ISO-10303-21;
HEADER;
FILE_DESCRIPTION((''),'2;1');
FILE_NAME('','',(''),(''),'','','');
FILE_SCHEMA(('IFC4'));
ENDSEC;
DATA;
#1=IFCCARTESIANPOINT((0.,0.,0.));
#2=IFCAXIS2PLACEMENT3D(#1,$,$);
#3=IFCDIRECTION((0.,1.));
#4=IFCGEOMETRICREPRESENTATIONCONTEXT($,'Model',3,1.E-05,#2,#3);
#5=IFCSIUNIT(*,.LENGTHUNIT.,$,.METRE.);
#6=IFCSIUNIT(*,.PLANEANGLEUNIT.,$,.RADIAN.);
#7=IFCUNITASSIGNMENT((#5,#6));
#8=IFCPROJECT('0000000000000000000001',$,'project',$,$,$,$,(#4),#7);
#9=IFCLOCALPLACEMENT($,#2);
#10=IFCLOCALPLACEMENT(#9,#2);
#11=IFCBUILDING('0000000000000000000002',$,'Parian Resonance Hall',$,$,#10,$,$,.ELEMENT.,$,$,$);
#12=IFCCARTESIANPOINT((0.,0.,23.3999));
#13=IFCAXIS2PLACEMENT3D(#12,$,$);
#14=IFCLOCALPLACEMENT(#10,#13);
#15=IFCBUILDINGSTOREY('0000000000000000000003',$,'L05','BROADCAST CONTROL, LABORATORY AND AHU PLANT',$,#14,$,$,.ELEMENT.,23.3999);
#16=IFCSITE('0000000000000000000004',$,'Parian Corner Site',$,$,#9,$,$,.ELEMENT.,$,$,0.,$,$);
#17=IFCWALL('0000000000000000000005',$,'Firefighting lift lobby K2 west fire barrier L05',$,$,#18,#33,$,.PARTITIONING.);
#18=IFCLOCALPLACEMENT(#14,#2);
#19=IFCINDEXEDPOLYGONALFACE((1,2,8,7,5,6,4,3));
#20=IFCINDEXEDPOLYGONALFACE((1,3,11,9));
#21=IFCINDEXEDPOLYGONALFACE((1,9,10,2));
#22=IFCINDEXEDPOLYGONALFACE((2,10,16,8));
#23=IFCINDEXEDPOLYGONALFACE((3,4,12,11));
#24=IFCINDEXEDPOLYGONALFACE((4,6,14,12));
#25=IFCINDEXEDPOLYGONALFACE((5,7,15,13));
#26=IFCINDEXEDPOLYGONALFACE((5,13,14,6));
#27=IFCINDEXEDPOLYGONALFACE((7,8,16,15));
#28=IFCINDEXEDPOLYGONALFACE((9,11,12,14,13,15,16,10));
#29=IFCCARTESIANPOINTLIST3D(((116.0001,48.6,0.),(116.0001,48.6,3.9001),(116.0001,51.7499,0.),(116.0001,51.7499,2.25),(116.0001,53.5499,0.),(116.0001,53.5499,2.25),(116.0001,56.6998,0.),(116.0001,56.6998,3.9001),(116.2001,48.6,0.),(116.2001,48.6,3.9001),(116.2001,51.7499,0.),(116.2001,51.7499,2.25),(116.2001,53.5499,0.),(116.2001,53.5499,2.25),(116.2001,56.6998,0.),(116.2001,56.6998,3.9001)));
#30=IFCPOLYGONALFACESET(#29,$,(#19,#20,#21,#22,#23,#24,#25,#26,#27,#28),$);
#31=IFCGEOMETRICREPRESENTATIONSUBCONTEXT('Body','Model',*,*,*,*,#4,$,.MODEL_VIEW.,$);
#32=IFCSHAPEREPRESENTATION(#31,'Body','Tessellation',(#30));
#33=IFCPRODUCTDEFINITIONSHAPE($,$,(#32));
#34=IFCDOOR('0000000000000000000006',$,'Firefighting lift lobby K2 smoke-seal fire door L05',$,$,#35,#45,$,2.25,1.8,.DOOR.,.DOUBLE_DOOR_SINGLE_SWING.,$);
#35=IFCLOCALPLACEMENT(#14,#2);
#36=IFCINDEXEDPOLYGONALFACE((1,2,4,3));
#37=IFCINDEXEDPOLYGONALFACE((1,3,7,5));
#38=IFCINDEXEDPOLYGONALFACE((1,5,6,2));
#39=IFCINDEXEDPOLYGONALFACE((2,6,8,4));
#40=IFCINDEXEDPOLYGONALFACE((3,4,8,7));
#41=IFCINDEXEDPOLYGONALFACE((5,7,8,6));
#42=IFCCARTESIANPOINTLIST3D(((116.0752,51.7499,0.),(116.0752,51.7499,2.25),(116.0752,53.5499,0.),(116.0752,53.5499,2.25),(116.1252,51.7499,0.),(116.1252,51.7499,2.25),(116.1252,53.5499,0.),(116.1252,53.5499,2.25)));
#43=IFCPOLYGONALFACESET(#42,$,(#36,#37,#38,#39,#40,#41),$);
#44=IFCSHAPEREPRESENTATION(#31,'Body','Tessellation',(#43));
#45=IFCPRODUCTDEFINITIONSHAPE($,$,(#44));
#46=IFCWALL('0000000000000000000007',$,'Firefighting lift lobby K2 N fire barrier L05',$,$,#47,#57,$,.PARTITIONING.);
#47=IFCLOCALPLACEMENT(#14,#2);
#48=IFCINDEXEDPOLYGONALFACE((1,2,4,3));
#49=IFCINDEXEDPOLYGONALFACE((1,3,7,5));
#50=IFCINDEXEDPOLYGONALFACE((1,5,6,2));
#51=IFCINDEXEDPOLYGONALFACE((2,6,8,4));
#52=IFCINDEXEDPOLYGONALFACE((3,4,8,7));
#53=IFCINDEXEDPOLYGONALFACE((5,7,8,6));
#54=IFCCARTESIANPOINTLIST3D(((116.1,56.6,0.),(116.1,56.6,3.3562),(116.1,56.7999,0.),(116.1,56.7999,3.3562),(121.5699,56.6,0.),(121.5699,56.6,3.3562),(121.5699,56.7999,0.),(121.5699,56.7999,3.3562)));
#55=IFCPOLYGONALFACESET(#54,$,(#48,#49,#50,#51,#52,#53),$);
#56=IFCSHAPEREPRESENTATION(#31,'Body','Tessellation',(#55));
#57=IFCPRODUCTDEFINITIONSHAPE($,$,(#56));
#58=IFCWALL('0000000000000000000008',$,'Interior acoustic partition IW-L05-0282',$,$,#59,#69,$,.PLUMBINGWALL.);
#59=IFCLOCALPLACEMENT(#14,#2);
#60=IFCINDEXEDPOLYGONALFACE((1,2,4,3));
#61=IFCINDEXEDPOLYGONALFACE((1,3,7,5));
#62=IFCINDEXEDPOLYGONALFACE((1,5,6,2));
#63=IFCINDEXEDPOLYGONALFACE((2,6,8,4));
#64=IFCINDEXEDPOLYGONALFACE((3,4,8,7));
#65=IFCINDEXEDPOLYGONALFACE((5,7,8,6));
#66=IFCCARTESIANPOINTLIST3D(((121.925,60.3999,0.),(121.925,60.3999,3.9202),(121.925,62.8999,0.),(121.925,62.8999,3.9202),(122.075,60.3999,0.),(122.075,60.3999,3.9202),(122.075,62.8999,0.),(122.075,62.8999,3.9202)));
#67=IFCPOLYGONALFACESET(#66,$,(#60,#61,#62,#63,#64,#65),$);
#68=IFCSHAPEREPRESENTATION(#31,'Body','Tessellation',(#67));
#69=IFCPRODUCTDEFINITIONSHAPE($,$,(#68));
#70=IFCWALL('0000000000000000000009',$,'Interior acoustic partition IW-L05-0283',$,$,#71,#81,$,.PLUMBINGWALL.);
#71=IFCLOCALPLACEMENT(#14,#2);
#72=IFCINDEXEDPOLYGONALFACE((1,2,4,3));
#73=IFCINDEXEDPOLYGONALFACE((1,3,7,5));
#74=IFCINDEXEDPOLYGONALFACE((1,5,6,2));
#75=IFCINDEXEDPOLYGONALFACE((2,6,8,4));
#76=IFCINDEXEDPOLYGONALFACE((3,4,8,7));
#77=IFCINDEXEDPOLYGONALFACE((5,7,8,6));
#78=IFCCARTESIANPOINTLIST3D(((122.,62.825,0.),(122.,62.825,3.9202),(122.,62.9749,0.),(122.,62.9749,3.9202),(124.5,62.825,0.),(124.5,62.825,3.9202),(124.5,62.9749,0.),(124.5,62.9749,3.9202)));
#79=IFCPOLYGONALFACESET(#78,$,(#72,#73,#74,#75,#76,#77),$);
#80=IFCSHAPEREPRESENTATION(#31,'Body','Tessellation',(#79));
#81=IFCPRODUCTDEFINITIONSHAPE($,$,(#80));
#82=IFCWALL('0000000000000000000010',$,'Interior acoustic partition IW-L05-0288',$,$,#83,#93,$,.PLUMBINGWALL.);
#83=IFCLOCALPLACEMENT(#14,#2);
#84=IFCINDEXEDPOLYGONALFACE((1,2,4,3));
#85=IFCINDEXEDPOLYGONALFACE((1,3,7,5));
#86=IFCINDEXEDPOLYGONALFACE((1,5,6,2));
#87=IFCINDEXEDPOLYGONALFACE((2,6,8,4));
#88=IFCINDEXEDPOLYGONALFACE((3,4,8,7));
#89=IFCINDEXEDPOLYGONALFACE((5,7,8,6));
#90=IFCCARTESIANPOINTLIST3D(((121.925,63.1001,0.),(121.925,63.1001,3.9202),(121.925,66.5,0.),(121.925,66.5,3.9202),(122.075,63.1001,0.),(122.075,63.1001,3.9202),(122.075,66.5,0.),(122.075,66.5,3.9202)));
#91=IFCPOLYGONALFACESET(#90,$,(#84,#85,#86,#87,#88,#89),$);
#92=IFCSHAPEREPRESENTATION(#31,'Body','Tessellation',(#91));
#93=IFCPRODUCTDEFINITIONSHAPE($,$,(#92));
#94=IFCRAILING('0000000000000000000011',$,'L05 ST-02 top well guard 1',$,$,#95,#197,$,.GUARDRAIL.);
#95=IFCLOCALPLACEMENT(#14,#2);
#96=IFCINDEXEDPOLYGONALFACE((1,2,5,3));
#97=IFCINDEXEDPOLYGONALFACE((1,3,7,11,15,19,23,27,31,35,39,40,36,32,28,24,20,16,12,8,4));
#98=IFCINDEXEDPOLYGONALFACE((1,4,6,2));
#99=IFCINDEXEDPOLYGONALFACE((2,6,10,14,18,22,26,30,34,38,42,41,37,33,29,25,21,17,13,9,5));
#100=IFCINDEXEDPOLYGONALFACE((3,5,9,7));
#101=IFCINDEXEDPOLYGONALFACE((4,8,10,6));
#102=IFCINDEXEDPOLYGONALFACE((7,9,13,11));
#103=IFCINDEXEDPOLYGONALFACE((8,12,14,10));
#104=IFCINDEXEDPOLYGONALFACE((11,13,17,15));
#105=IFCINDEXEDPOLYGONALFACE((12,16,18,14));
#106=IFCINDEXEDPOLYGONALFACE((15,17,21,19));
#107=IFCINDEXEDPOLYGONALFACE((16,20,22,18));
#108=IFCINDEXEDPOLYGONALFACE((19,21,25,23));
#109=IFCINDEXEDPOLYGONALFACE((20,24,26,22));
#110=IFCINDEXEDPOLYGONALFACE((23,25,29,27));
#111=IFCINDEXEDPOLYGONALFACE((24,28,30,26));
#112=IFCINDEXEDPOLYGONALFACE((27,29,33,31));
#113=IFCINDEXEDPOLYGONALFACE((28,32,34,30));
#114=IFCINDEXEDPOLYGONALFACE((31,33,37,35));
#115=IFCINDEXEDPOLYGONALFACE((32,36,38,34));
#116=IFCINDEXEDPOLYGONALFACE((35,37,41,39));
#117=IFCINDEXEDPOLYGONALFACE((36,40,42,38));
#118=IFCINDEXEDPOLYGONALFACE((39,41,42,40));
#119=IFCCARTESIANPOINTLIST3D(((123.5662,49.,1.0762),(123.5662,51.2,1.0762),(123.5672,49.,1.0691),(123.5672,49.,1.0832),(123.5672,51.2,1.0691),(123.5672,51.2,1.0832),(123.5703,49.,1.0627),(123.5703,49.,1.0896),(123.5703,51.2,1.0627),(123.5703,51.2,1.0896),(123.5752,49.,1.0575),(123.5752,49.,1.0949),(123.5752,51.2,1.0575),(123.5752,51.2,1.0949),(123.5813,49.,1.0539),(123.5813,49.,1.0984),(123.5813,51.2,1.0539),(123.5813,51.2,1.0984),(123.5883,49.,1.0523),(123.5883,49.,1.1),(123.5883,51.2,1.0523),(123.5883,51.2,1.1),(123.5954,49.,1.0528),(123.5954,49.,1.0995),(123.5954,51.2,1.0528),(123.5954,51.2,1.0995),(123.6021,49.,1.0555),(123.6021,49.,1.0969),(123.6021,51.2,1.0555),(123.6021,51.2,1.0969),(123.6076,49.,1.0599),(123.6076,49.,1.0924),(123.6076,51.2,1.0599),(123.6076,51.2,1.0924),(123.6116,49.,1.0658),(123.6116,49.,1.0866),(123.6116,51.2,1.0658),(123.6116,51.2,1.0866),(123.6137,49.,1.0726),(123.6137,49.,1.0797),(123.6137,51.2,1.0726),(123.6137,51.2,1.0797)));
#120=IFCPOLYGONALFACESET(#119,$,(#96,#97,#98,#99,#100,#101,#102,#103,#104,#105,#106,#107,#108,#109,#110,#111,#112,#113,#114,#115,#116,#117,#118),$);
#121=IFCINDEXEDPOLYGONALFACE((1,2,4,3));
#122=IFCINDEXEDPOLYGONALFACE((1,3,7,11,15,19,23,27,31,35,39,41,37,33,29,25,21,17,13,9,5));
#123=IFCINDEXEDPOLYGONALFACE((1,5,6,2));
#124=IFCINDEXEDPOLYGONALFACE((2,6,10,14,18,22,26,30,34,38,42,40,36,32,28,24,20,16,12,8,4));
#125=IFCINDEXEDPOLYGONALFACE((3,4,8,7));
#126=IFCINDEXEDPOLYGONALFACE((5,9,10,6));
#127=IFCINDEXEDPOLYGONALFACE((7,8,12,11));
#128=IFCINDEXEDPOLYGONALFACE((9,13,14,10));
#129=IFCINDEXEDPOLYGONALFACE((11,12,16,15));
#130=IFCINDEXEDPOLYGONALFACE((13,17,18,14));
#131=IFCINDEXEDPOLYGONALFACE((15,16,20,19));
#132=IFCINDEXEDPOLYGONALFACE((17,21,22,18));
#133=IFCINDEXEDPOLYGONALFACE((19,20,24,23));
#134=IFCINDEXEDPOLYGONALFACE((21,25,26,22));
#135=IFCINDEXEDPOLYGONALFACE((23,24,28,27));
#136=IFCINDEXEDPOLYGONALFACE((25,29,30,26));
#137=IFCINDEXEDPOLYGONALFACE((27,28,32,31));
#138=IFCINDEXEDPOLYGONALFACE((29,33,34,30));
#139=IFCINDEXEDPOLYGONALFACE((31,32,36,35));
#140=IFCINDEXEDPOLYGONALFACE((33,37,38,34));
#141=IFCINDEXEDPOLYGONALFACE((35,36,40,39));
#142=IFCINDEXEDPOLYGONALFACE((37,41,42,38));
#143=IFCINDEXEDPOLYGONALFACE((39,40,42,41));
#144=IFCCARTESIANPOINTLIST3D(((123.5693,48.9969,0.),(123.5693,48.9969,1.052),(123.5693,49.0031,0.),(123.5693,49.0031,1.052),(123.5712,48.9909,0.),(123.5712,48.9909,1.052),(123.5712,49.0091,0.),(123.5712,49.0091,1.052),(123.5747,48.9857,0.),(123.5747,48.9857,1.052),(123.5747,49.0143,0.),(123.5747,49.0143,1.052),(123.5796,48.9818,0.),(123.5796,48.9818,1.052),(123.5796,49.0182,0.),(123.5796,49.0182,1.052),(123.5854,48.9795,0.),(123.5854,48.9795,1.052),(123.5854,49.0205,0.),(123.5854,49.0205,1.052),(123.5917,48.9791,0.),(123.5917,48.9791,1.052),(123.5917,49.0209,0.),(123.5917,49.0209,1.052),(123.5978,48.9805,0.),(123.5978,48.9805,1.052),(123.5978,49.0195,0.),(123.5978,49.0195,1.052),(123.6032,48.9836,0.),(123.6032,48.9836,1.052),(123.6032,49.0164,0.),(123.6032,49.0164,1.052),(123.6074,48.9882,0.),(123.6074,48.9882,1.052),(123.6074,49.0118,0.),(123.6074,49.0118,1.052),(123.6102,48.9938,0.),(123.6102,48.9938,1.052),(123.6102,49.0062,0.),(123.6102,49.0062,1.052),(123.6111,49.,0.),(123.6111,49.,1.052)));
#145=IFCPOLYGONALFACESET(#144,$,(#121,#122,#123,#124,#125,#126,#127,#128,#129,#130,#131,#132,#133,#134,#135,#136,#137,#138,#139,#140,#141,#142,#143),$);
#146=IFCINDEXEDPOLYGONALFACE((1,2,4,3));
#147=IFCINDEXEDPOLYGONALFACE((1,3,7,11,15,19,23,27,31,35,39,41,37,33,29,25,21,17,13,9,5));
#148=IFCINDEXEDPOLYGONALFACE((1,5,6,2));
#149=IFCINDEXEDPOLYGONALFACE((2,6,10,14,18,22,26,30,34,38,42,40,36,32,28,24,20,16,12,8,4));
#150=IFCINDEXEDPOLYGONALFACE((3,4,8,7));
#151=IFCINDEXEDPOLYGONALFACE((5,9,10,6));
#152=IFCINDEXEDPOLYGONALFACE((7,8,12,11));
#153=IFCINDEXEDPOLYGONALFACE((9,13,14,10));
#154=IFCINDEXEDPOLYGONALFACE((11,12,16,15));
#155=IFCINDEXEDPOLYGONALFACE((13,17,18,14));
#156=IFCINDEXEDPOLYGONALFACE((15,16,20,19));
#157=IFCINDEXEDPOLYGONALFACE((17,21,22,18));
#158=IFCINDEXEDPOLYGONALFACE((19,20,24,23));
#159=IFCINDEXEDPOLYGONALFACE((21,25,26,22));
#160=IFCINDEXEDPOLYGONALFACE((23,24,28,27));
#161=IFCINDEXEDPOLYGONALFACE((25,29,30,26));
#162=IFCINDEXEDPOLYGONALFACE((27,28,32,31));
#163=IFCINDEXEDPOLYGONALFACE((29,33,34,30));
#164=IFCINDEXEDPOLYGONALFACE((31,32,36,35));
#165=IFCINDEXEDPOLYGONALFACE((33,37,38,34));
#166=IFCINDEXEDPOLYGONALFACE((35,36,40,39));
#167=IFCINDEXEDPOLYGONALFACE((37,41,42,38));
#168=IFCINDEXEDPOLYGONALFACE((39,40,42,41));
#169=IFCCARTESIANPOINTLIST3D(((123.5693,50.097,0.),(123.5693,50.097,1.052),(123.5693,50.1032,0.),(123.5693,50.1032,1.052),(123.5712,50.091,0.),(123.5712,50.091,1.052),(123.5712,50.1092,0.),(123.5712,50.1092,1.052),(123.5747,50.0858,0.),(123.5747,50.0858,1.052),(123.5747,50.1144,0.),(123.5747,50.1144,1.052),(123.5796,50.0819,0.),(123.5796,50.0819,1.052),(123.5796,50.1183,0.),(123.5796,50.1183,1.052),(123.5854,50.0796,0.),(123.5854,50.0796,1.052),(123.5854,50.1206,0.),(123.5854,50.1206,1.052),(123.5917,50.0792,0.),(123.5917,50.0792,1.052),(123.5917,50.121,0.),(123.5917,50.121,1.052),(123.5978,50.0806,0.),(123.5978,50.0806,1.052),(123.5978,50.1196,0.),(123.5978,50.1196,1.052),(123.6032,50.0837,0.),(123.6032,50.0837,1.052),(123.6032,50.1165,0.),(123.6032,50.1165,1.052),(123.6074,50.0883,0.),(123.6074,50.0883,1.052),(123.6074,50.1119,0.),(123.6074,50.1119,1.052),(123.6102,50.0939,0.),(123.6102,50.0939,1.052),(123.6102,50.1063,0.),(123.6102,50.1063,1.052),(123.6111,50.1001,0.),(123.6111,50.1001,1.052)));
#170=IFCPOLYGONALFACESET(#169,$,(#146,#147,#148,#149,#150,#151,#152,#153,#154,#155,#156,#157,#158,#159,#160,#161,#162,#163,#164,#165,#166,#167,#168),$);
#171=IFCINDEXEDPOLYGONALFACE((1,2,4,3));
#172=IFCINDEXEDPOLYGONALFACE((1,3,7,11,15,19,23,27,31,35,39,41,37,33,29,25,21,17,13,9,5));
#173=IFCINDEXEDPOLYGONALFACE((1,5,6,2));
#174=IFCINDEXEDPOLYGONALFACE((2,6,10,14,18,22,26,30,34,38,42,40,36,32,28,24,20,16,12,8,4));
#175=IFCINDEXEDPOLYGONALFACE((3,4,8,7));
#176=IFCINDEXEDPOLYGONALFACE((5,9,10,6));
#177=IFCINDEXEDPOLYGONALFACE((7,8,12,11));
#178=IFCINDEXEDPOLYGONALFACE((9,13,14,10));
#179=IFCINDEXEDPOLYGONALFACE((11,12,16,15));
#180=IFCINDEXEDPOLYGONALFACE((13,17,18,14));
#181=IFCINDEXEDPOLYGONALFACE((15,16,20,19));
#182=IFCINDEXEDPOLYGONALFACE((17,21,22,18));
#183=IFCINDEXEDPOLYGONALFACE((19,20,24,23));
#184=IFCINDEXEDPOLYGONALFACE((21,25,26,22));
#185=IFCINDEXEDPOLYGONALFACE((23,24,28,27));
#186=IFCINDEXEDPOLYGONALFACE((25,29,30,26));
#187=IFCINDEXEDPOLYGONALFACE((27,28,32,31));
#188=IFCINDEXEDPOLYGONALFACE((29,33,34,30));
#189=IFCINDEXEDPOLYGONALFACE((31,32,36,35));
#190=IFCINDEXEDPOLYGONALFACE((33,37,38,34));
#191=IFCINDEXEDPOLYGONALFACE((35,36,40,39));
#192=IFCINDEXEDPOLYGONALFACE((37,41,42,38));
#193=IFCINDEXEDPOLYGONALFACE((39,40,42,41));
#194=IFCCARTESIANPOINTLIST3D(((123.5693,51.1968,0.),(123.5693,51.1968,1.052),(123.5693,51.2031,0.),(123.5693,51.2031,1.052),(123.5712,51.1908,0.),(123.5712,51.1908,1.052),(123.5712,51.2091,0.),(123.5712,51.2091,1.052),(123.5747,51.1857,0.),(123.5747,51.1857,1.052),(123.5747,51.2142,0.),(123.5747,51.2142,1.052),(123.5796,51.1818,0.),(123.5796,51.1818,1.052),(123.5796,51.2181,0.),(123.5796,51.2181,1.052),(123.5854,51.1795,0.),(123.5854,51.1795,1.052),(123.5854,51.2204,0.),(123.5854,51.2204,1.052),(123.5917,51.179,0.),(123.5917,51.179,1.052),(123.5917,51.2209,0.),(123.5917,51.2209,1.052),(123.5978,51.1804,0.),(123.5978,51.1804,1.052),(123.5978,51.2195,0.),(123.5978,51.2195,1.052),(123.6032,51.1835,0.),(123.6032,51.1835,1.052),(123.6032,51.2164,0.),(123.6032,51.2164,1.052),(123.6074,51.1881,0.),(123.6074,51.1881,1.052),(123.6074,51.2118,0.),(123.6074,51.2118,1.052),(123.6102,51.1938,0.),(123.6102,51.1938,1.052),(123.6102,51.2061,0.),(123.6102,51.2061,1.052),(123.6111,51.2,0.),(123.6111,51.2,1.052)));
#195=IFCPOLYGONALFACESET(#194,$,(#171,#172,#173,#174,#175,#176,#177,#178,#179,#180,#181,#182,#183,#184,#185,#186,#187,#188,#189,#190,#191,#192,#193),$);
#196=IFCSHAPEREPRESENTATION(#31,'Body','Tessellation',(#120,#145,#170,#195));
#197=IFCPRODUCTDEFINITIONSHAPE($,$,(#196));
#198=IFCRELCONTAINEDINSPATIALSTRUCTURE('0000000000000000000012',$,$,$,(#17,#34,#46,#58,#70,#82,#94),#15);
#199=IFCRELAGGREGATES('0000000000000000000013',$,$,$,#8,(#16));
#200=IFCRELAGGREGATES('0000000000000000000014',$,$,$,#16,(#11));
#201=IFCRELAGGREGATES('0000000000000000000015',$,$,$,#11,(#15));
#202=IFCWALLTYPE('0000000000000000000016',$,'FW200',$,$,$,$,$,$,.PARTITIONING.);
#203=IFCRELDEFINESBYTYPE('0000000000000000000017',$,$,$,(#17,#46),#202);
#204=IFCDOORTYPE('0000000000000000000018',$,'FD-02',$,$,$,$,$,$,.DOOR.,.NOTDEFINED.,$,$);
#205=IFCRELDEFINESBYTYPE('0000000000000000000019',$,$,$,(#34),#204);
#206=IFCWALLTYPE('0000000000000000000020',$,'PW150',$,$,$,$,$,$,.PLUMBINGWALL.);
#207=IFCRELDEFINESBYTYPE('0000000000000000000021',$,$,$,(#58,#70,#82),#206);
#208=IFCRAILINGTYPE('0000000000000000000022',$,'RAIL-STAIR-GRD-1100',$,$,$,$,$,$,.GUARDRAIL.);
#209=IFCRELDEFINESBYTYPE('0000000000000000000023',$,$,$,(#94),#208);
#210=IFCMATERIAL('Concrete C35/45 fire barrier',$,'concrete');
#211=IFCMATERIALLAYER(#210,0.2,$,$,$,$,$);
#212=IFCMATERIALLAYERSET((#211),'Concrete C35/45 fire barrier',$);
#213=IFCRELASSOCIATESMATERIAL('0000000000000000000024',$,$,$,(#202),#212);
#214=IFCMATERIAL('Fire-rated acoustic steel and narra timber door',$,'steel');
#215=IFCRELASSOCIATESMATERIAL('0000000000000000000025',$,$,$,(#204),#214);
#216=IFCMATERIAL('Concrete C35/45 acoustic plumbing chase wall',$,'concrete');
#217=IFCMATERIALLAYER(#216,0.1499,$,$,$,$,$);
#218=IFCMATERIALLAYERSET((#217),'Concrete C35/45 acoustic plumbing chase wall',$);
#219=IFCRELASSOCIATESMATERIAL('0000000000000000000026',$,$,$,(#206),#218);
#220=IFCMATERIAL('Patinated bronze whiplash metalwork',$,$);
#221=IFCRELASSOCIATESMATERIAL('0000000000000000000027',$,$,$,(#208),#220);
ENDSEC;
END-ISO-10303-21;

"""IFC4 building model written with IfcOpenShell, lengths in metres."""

from ifc_helpers import new_model, si_unit, direction, frame, frame_2d, origin, origin_2d, place, context, subcontext, project, spatial, rectangle, circle, extrude, material, layer, layer_set, type_object, element, fill, save


model = new_model("IFC4")

# Units and contexts
model_context = context("Model", 3, precision=1e-05, world=origin(), true_north=direction((0.0, 1.0)))
body_context = subcontext(model_context, "Body", "Model", "MODEL_VIEW")
ifc_project = project(units=[si_unit("LENGTHUNIT", "METRE"), si_unit("PLANEANGLEUNIT", "RADIAN")], contexts=[model_context])

# Site, building, storey
site_placement = place(None, origin())
site = spatial("IfcSite", under=ifc_project, at=site_placement, Name="Parian Corner Site", CompositionType="ELEMENT", RefElevation=0.0)
building_placement = place(site_placement, origin())
building = spatial("IfcBuilding", under=site, at=building_placement, Name="Parian Resonance Hall", CompositionType="ELEMENT")
storey_placement = place(building_placement, frame((0.0, 0.0, 23.3999)))
storey = spatial("IfcBuildingStorey", under=building, at=storey_placement, Name="L05", Description="BROADCAST CONTROL, LABORATORY AND AHU PLANT", CompositionType="ELEMENT", Elevation=23.3999)

# Wall, opening, door
ifc_material_1 = material(Name="Concrete C35/45 fire barrier", Category="concrete")
ifc_layer_1 = layer(ifc_material_1, 0.2)
ifc_layer_set_1 = layer_set([ifc_layer_1], Name="Concrete C35/45 fire barrier")
wall_type_1 = type_object("IfcWallType", Name="FW200", PredefinedType="PARTITIONING", material=ifc_layer_set_1)
wall_1_placement = place(storey_placement, frame((116.1001, 48.6001, 0.0), z_axis=(0.0, 0.0, 1.0), x_axis=(0.0, 1.0, 0.0)))
wall_1 = element("IfcWall", 1, at=wall_1_placement, inside=storey, type_object=wall_type_1, Name="Firefighting lift lobby K2 west fire barrier L05", PredefinedType="PARTITIONING", context=body_context, shape_type="SweptSolid", body=[
    extrude(rectangle(XDim=8.0999, YDim=0.2, at=frame_2d((4.0498, 0.0))), origin(), (0.0, 0.0, 1.0), 3.9001),
])
opening_1_placement = place(wall_1_placement, frame((3.1499, 0.0, 0.0)))
opening_1 = element("IfcOpeningElement", 2, at=opening_1_placement, cuts=wall_1, PredefinedType="OPENING", context=body_context, shape_type="SweptSolid", body=[
    extrude(rectangle(XDim=1.8, YDim=2.25, at=frame_2d((0.8999, 1.125))), frame((0.0, 0.1099, 0.0), z_axis=(0.0, -1.0, 0.0), x_axis=(1.0, 0.0, 0.0)), (0.0, 0.0, 1.0), 0.22),
])
ifc_material_2 = material(Name="Fire-rated acoustic steel and narra timber door", Category="steel")
door_type_1 = type_object("IfcDoorType", Name="FD-02", OperationType="NOTDEFINED", PredefinedType="DOOR", material=ifc_material_2)
door_1_placement = place(opening_1_placement, origin())
door_1 = element("IfcDoor", 3, at=door_1_placement, inside=storey, type_object=door_type_1, Name="Firefighting lift lobby K2 smoke-seal fire door L05", OperationType="DOUBLE_DOOR_SINGLE_SWING", OverallHeight=2.25, OverallWidth=1.8, PredefinedType="DOOR", context=body_context, shape_type="SweptSolid", body=[
    extrude(rectangle(XDim=1.8, YDim=2.25, at=frame_2d((0.8999, 1.125))), frame((0.0, 0.0249, 0.0), z_axis=(0.0, -1.0, 0.0), x_axis=(1.0, 0.0, 0.0)), (0.0, 0.0, 1.0), 0.05),
])
fill(opening_1, door_1)

# Walls
wall_2_placement = place(storey_placement, frame((116.1001, 56.7, 0.0), z_axis=(0.0, 0.0, 1.0), x_axis=(1.0, 0.0, 0.0)))
element("IfcWall", 4, at=wall_2_placement, inside=storey, type_object=wall_type_1, Name="Firefighting lift lobby K2 N fire barrier L05", PredefinedType="PARTITIONING", context=body_context, shape_type="SweptSolid", body=[
    extrude(rectangle(XDim=5.47, YDim=0.2, at=frame_2d((2.7349, 0.0))), origin(), (0.0, 0.0, 1.0), 3.3562),
])
ifc_material_3 = material(Name="Concrete C35/45 acoustic plumbing chase wall", Category="concrete")
ifc_layer_2 = layer(ifc_material_3, 0.1499)
ifc_layer_set_2 = layer_set([ifc_layer_2], Name="Concrete C35/45 acoustic plumbing chase wall")
wall_type_2 = type_object("IfcWallType", Name="PW150", PredefinedType="PLUMBINGWALL", material=ifc_layer_set_2)
for number, where, z_axis, x_axis, name in (
    (5, (122.0, 60.3999, 0.0), (0.0, 0.0, 1.0), (0.0, 1.0, 0.0), "Interior acoustic partition IW-L05-0282"),
    (6, (122.0, 62.8999, 0.0), (0.0, 0.0, 1.0), (1.0, 0.0, 0.0), "Interior acoustic partition IW-L05-0283"),
):
    element("IfcWall", number, at=place(storey_placement, frame(where, z_axis=z_axis, x_axis=x_axis)), inside=storey, type_object=wall_type_2, Name=name, PredefinedType="PLUMBINGWALL", context=body_context, shape_type="SweptSolid", body=[
        extrude(rectangle(XDim=2.5, YDim=0.1499, at=frame_2d((1.25, 0.0))), origin(), (0.0, 0.0, 1.0), 3.9202),
    ])
wall_3_placement = place(storey_placement, frame((122.0, 63.1001, 0.0), z_axis=(0.0, 0.0, 1.0), x_axis=(0.0, 1.0, 0.0)))
element("IfcWall", 7, at=wall_3_placement, inside=storey, type_object=wall_type_2, Name="Interior acoustic partition IW-L05-0288", PredefinedType="PLUMBINGWALL", context=body_context, shape_type="SweptSolid", body=[
    extrude(rectangle(XDim=3.3999, YDim=0.1499, at=frame_2d((1.7, 0.0))), origin(), (0.0, 0.0, 1.0), 3.9202),
])

# Railing
ifc_material_4 = material(Name="Patinated bronze whiplash metalwork")
railing_type = type_object("IfcRailingType", Name="RAIL-STAIR-GRD-1100", PredefinedType="GUARDRAIL", material=ifc_material_4)
railing_placement = place(storey_placement, frame((123.5901, 49.0, 0.0)))
element("IfcRailing", 8, at=railing_placement, inside=storey, type_object=railing_type, Name="L05 ST-02 top well guard 1", PredefinedType="GUARDRAIL", context=body_context, shape_type="SweptSolid", body=[
    extrude(circle(Radius=0.0239, at=origin_2d()), frame((0.0, 0.0, 1.0762), z_axis=(0.0, 1.0, 0.0), x_axis=(-1.0, 0.0, 0.0)), (0.0, 0.0, 1.0), 2.2),
    extrude(circle(Radius=0.021, at=origin_2d()), origin(), (0.0, 0.0, 1.0), 1.052),
    extrude(circle(Radius=0.021, at=origin_2d()), frame((0.0, 1.1001, 0.0)), (0.0, 0.0, 1.0), 1.052),
    extrude(circle(Radius=0.021, at=origin_2d()), frame((0.0, 2.2, 0.0)), (0.0, 0.0, 1.0), 1.052),
])

save(model, "model.ifc")
